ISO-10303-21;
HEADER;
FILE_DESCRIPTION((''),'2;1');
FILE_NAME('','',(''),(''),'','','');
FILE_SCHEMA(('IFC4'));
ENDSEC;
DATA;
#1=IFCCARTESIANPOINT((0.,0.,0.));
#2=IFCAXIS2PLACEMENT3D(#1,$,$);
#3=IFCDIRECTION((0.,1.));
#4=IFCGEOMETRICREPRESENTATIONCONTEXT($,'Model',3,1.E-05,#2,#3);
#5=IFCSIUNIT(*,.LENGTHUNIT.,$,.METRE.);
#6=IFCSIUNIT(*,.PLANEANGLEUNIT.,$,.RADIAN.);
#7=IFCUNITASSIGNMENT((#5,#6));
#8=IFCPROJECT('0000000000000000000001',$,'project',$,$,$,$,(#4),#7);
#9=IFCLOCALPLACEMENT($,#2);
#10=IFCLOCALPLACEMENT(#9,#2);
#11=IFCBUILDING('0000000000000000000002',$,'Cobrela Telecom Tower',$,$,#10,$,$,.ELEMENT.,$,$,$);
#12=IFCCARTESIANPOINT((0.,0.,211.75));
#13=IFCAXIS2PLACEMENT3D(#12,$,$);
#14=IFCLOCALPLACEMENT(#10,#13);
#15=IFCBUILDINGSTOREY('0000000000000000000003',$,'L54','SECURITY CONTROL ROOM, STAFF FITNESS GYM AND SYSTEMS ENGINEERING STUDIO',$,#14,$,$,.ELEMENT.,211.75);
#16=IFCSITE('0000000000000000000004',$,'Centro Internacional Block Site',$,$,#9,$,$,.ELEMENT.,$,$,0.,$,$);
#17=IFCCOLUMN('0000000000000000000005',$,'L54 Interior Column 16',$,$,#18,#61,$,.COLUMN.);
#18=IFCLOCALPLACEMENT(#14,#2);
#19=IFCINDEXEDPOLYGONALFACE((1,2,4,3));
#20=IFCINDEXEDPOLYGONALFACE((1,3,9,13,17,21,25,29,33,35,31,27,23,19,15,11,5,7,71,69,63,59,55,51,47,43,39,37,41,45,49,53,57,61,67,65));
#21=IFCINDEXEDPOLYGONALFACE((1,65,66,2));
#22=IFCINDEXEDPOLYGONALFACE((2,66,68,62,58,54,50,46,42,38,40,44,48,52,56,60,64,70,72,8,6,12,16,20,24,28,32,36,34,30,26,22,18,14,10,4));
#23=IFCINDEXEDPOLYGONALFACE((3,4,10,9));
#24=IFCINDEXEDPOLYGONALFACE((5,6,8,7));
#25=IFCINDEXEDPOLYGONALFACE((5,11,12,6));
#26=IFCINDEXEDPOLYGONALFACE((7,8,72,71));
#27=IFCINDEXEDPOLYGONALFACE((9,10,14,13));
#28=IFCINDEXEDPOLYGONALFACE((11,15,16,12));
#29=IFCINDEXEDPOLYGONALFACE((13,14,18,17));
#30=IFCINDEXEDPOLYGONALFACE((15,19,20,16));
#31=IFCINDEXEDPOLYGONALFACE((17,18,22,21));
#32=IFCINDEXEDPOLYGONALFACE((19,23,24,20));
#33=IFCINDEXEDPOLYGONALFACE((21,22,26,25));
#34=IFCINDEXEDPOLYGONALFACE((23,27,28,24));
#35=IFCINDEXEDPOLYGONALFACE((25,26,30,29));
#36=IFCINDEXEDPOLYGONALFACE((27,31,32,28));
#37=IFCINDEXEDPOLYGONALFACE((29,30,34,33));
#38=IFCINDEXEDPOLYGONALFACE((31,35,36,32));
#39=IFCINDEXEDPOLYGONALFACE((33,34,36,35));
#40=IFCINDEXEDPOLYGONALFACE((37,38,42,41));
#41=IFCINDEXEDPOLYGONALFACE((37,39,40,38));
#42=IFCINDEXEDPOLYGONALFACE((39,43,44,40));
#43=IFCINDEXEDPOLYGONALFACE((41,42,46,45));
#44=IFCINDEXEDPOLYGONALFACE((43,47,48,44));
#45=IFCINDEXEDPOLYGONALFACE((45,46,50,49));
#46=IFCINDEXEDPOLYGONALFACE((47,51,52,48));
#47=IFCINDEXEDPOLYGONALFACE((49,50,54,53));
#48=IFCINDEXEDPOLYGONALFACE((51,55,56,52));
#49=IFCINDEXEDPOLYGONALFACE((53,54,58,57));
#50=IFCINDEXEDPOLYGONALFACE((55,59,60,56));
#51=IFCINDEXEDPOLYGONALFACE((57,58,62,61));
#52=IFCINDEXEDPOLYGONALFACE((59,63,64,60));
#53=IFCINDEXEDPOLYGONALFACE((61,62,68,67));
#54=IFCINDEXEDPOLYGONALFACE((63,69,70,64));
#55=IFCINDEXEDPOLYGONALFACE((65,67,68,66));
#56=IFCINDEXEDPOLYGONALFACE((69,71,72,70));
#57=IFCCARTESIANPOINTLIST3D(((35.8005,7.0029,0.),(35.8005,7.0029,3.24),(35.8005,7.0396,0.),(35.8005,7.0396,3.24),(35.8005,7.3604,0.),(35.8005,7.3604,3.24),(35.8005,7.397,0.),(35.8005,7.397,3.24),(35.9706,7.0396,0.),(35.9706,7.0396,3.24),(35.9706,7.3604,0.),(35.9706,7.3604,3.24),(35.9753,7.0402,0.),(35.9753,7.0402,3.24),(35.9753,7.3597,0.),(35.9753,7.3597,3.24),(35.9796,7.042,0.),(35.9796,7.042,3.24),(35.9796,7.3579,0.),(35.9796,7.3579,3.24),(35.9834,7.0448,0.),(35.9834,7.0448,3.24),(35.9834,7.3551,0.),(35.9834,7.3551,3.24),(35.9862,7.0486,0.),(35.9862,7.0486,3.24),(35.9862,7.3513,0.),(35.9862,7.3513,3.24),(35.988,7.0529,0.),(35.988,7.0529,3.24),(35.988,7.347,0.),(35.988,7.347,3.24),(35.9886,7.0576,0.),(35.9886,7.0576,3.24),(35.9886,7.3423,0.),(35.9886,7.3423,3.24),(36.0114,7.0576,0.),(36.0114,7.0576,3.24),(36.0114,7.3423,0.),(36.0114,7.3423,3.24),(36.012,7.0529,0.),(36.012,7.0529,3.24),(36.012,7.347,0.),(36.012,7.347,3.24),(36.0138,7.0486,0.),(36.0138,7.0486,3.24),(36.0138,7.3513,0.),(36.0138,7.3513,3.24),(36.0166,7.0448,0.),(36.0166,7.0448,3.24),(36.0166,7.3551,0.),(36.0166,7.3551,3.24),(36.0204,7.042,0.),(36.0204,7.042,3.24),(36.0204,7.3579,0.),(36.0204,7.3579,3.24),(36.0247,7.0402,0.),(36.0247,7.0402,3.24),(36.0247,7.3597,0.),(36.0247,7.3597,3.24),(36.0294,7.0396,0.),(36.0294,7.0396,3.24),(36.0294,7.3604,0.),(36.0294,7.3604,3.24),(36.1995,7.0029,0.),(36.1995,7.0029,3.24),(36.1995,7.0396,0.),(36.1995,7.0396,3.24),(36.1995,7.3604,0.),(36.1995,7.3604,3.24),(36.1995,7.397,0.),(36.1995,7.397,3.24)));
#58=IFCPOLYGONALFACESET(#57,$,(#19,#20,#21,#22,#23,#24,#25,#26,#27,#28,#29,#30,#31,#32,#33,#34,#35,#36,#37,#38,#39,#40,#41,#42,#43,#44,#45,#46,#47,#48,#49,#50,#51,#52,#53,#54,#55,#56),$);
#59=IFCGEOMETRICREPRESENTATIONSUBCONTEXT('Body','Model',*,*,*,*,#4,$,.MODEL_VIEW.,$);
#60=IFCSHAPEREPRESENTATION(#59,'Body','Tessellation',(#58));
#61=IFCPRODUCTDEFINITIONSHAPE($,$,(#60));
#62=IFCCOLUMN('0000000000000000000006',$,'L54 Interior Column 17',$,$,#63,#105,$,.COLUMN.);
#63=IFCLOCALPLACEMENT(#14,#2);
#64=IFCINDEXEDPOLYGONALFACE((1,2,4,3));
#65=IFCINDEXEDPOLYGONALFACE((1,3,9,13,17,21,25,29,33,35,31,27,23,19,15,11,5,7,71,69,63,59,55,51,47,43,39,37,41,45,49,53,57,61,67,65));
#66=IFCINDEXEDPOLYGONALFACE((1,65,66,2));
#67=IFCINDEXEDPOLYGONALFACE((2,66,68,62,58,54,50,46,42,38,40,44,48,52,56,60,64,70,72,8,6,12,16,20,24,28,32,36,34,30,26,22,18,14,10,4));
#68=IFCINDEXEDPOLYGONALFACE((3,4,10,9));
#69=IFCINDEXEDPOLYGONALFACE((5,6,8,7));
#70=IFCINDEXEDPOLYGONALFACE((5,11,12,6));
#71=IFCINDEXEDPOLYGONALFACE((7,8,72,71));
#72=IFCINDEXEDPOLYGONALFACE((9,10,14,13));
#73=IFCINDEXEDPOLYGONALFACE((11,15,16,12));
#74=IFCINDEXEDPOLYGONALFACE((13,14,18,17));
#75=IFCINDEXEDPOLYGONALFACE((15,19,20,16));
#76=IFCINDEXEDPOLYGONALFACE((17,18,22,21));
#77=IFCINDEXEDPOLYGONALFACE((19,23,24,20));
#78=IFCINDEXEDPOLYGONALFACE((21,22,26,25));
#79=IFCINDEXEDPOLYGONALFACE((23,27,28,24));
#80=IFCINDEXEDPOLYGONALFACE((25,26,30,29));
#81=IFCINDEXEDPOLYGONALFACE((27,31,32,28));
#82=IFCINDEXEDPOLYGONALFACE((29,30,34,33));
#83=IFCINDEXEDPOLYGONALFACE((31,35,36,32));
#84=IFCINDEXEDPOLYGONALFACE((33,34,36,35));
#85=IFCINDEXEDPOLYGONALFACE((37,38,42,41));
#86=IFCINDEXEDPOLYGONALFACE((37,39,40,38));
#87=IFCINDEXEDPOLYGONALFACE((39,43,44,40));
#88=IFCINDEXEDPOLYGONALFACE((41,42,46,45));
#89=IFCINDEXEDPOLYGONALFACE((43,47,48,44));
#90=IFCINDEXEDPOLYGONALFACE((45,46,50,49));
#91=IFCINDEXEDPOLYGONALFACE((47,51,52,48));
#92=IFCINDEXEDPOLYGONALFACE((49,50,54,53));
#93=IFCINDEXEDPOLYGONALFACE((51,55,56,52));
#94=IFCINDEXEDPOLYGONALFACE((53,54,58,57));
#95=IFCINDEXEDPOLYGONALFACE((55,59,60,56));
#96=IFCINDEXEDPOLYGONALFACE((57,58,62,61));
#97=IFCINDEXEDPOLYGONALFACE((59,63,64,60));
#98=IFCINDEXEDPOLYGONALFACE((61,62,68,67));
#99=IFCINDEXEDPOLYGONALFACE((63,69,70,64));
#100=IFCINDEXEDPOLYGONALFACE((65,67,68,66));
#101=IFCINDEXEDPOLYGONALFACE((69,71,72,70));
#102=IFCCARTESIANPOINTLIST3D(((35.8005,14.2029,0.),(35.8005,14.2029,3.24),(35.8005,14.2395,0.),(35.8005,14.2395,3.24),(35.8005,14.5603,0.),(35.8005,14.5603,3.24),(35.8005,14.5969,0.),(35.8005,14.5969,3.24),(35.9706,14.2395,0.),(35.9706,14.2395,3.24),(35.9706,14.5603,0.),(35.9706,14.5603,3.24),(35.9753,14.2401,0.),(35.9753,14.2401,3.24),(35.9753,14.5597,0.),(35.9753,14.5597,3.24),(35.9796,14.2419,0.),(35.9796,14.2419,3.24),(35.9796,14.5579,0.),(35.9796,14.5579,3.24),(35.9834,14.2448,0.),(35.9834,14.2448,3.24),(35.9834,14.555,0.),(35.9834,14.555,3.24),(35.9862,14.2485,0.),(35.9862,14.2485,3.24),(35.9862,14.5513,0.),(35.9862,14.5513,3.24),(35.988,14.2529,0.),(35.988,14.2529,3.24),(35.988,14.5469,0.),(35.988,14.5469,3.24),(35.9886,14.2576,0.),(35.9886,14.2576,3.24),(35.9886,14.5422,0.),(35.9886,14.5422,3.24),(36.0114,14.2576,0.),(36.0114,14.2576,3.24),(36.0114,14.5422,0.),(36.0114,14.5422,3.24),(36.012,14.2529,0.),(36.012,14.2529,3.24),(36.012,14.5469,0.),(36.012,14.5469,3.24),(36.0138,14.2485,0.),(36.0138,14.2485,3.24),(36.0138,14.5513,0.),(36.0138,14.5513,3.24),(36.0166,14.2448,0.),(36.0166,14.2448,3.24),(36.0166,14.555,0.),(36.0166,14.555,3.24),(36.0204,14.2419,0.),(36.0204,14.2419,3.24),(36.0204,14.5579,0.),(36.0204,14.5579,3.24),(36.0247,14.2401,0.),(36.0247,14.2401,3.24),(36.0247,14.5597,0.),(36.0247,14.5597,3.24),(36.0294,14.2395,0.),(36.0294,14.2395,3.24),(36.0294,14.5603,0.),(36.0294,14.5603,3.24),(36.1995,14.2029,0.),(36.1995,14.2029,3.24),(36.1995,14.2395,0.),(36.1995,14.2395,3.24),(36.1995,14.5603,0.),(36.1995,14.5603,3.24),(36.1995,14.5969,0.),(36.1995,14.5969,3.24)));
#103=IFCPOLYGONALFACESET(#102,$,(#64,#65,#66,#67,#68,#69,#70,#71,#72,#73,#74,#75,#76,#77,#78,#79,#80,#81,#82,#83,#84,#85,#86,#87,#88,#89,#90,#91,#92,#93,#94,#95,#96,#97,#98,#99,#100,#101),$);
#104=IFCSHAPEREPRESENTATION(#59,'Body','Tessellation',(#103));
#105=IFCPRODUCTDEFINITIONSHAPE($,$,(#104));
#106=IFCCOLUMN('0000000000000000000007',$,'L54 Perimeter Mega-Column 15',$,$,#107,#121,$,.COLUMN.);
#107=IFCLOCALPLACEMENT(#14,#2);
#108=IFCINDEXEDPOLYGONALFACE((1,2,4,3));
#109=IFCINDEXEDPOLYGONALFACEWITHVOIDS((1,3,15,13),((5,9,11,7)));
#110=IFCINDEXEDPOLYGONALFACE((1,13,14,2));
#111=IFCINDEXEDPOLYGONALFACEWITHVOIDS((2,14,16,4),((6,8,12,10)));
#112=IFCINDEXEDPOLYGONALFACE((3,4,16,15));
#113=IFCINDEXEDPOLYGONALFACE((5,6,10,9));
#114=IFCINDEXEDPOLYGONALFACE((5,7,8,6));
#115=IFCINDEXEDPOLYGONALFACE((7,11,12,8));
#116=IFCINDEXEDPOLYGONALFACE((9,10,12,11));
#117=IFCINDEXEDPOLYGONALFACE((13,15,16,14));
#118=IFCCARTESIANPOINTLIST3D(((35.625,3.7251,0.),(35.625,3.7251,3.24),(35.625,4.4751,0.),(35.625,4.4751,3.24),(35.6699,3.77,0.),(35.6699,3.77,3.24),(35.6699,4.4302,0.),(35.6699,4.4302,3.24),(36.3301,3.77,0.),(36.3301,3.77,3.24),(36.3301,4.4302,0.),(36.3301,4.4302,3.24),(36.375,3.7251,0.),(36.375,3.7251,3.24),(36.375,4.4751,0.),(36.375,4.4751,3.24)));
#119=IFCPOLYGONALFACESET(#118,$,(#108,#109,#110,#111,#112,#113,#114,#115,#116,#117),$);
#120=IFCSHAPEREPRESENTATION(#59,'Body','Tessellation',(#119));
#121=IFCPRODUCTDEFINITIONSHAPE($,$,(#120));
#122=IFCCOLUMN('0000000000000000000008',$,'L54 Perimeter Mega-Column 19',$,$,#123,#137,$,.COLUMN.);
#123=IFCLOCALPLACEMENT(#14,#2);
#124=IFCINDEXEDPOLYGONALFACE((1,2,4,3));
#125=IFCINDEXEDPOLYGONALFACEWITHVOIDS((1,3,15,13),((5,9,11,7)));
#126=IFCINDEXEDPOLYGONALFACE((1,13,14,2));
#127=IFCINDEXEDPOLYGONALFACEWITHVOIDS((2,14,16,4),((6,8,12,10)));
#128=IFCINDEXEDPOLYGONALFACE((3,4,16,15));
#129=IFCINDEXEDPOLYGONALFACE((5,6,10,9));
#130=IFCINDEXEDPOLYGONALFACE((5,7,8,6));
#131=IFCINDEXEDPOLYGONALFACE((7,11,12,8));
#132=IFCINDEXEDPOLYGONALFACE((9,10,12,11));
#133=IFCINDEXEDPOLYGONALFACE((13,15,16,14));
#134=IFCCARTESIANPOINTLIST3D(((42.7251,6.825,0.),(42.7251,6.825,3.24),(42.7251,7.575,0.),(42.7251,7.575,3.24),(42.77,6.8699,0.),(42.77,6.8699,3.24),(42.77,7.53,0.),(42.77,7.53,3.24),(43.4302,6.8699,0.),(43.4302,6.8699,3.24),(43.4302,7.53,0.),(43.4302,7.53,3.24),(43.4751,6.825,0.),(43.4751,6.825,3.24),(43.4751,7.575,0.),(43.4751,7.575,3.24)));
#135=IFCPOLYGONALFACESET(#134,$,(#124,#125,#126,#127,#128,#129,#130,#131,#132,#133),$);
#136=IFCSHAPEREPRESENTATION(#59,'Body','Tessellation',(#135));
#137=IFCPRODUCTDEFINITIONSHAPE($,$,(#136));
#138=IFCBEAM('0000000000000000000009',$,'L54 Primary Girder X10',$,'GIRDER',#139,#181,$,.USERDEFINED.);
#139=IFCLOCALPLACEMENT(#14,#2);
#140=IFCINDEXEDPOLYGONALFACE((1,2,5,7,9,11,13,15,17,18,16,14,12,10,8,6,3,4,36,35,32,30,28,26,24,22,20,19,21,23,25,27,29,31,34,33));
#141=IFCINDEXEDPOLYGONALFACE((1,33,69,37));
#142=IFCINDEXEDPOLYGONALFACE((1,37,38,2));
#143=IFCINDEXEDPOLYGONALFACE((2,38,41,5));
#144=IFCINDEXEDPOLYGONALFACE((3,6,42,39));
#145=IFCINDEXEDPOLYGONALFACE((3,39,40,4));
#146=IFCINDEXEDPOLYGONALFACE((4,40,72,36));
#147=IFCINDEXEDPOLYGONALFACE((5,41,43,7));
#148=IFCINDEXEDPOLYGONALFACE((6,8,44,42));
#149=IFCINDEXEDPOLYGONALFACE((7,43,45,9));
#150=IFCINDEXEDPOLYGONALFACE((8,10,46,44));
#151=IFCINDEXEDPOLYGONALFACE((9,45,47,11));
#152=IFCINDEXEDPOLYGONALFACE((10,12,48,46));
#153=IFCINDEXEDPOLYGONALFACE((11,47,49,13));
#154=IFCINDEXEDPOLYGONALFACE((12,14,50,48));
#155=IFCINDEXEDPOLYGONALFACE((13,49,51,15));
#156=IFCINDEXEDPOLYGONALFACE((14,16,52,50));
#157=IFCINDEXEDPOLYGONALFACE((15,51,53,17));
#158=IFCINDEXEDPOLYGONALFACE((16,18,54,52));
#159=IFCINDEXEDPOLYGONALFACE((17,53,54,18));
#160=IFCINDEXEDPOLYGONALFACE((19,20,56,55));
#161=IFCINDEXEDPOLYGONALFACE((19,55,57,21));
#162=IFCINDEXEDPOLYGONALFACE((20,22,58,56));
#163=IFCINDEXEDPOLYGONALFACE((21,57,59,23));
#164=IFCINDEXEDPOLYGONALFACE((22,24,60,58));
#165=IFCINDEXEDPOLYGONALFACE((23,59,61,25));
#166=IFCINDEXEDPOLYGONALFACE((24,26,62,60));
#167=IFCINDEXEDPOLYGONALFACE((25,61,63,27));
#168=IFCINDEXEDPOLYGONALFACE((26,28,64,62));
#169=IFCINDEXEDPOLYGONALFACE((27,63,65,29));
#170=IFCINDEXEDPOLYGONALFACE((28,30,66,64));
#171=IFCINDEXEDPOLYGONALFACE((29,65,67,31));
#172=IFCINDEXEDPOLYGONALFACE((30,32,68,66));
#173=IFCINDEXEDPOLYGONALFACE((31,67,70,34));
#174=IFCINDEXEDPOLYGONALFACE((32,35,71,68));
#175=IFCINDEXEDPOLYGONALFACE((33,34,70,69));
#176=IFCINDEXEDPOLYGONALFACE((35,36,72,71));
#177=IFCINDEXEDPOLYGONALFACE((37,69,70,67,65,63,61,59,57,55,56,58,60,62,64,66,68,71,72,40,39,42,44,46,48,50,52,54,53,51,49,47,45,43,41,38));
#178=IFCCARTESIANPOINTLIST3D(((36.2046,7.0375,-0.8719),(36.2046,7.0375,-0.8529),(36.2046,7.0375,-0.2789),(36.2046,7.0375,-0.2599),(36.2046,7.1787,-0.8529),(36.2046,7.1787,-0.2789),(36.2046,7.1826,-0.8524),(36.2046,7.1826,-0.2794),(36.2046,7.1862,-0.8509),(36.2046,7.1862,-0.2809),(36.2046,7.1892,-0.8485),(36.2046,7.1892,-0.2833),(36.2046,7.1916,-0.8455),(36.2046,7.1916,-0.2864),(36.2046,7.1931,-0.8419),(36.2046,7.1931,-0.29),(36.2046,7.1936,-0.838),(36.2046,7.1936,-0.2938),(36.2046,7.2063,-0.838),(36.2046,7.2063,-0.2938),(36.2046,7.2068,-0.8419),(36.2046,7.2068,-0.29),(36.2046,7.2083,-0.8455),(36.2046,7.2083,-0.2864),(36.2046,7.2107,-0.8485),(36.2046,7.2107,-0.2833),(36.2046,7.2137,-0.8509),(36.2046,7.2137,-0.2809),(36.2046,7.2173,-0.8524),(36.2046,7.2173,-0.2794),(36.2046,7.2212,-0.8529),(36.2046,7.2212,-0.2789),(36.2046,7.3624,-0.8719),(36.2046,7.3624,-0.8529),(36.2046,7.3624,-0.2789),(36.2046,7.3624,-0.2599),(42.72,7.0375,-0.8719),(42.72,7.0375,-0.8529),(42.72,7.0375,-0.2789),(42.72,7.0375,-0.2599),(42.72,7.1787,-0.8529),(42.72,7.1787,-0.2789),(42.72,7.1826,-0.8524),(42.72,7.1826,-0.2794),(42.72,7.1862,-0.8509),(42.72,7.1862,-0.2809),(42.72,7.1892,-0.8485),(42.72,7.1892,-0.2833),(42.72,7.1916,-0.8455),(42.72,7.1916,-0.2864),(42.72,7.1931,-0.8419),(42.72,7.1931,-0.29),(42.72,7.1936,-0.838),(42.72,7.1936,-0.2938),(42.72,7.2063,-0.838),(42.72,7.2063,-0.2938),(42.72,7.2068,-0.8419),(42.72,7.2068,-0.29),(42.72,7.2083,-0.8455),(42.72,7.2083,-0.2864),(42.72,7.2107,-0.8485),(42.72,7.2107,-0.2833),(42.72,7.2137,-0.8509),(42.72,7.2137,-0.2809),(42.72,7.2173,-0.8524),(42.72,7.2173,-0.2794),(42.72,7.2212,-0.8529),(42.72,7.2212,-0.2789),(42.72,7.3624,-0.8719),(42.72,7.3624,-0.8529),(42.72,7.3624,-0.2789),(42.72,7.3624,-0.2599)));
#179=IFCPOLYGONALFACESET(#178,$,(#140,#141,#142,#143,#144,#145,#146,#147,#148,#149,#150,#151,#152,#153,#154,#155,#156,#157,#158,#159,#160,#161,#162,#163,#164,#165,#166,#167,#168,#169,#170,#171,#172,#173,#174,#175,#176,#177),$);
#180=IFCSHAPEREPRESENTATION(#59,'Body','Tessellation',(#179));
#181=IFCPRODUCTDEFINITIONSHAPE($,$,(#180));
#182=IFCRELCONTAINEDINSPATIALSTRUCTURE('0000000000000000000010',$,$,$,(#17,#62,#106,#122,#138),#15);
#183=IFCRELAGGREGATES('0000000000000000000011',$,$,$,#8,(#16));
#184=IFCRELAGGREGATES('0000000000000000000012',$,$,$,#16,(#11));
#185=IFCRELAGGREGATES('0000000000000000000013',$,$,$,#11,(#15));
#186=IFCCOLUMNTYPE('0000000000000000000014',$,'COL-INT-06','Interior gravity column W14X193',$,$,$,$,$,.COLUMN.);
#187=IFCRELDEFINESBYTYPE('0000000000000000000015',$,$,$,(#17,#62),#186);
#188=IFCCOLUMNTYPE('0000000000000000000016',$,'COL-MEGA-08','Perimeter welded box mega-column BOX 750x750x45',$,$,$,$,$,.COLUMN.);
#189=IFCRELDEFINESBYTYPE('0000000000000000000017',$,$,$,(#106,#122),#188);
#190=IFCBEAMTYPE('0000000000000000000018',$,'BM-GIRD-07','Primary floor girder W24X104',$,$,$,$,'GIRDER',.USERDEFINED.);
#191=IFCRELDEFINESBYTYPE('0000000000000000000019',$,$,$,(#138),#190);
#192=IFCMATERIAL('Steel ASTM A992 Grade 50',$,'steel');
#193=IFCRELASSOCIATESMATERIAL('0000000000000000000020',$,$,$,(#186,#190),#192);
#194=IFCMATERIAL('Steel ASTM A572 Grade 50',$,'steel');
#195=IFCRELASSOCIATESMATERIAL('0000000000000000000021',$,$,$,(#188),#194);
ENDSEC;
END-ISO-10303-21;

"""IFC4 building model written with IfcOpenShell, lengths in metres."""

from ifc_helpers import new_model, si_unit, direction, frame, origin, origin_2d, place, context, subcontext, project, spatial, hollow_rectangle, i_section, extrude, material, material_profile, profile_set, type_object, element, save


model = new_model("IFC4")

# Units and contexts
model_context = context("Model", 3, precision=1e-05, world=origin(), true_north=direction((0.0, 1.0)))
body_context = subcontext(model_context, "Body", "Model", "MODEL_VIEW")
ifc_project = project(units=[si_unit("LENGTHUNIT", "METRE"), si_unit("PLANEANGLEUNIT", "RADIAN")], contexts=[model_context])

# Site, building, storey
site_placement = place(None, origin())
site = spatial("IfcSite", under=ifc_project, at=site_placement, Name="Centro Internacional Block Site", CompositionType="ELEMENT", RefElevation=0.0)
building_placement = place(site_placement, origin())
building = spatial("IfcBuilding", under=site, at=building_placement, Name="Cobrela Telecom Tower", CompositionType="ELEMENT")
storey_placement = place(building_placement, frame((0.0, 0.0, 211.75)))
storey = spatial("IfcBuildingStorey", under=building, at=storey_placement, Name="L54", Description="SECURITY CONTROL ROOM, STAFF FITNESS GYM AND SYSTEMS ENGINEERING STUDIO", CompositionType="ELEMENT", Elevation=211.75)

# Columns
ifc_material_1 = material(Name="Steel ASTM A992 Grade 50", Category="steel")
ifc_material_profile_1 = material_profile(ifc_material_1, i_section(OverallWidth=0.3989, OverallDepth=0.394, WebThickness=0.0227, FlangeThickness=0.0366, FilletRadius=0.0181, at=origin_2d()), Name="W14X193")
ifc_profile_set_1 = profile_set([ifc_material_profile_1], Name="Steel ASTM A992 Grade 50")
column_type_1 = type_object("IfcColumnType", Name="COL-INT-06", Description="Interior gravity column W14X193", PredefinedType="COLUMN", material=ifc_profile_set_1)
for number, where, z_axis, x_axis, name in (
    (1, (36.0, 7.2, 0.0), (0.0, 0.0, 1.0), (1.0, 0.0, 0.0), "L54 Interior Column 16"),
    (2, (36.0, 14.3999, 0.0), (0.0, 0.0, 1.0), (1.0, 0.0, 0.0), "L54 Interior Column 17"),
):
    element("IfcColumn", number, at=place(storey_placement, frame(where, z_axis=z_axis, x_axis=x_axis)), inside=storey, type_object=column_type_1, Name=name, PredefinedType="COLUMN", context=body_context, shape_type="SweptSolid", body=[
        extrude(i_section(OverallWidth=0.3989, OverallDepth=0.394, WebThickness=0.0227, FlangeThickness=0.0366, FilletRadius=0.0181, at=origin_2d()), origin(), (0.0, 0.0, 1.0), 3.24),
    ])
ifc_material_2 = material(Name="Steel ASTM A572 Grade 50", Category="steel")
ifc_material_profile_2 = material_profile(ifc_material_2, hollow_rectangle(XDim=0.75, YDim=0.75, WallThickness=0.0449, at=origin_2d()), Name="BOX 750x750x45")
ifc_profile_set_2 = profile_set([ifc_material_profile_2], Name="Steel ASTM A572 Grade 50")
column_type_2 = type_object("IfcColumnType", Name="COL-MEGA-08", Description="Perimeter welded box mega-column BOX 750x750x45", PredefinedType="COLUMN", material=ifc_profile_set_2)
for number, where, z_axis, x_axis, name in (
    (3, (36.0, 4.1001, 0.0), (0.0, 0.0, 1.0), (1.0, 0.0, 0.0), "L54 Perimeter Mega-Column 15"),
    (4, (43.1001, 7.2, 0.0), (0.0, 0.0, 1.0), (1.0, 0.0, 0.0), "L54 Perimeter Mega-Column 19"),
):
    element("IfcColumn", number, at=place(storey_placement, frame(where, z_axis=z_axis, x_axis=x_axis)), inside=storey, type_object=column_type_2, Name=name, PredefinedType="COLUMN", context=body_context, shape_type="SweptSolid", body=[
        extrude(hollow_rectangle(XDim=0.75, YDim=0.75, WallThickness=0.0449, at=origin_2d()), origin(), (0.0, 0.0, 1.0), 3.24),
    ])

# Beam
ifc_material_profile_3 = material_profile(ifc_material_1, i_section(OverallWidth=0.325, OverallDepth=0.6121, WebThickness=0.0127, FlangeThickness=0.019, FilletRadius=0.0149, at=origin_2d()), Name="W24X104")
ifc_profile_set_3 = profile_set([ifc_material_profile_3], Name="Steel ASTM A992 Grade 50")
beam_type_1 = type_object("IfcBeamType", Name="BM-GIRD-07", Description="Primary floor girder W24X104", ElementType="GIRDER", PredefinedType="USERDEFINED", material=ifc_profile_set_3)
for number, where, z_axis, x_axis, name in (
    (5, (36.2046, 7.2, -0.5659), (1.0, 0.0, 0.0), (0.0, 1.0, 0.0), "L54 Primary Girder X10"),
):
    element("IfcBeam", number, at=place(storey_placement, frame(where, z_axis=z_axis, x_axis=x_axis)), inside=storey, type_object=beam_type_1, Name=name, ObjectType="GIRDER", PredefinedType="USERDEFINED", context=body_context, shape_type="SweptSolid", body=[
        extrude(i_section(OverallWidth=0.325, OverallDepth=0.6121, WebThickness=0.0127, FlangeThickness=0.019, FilletRadius=0.0149, at=origin_2d()), origin(), (0.0, 0.0, 1.0), 6.5154),
    ])

save(model, "model.ifc")
